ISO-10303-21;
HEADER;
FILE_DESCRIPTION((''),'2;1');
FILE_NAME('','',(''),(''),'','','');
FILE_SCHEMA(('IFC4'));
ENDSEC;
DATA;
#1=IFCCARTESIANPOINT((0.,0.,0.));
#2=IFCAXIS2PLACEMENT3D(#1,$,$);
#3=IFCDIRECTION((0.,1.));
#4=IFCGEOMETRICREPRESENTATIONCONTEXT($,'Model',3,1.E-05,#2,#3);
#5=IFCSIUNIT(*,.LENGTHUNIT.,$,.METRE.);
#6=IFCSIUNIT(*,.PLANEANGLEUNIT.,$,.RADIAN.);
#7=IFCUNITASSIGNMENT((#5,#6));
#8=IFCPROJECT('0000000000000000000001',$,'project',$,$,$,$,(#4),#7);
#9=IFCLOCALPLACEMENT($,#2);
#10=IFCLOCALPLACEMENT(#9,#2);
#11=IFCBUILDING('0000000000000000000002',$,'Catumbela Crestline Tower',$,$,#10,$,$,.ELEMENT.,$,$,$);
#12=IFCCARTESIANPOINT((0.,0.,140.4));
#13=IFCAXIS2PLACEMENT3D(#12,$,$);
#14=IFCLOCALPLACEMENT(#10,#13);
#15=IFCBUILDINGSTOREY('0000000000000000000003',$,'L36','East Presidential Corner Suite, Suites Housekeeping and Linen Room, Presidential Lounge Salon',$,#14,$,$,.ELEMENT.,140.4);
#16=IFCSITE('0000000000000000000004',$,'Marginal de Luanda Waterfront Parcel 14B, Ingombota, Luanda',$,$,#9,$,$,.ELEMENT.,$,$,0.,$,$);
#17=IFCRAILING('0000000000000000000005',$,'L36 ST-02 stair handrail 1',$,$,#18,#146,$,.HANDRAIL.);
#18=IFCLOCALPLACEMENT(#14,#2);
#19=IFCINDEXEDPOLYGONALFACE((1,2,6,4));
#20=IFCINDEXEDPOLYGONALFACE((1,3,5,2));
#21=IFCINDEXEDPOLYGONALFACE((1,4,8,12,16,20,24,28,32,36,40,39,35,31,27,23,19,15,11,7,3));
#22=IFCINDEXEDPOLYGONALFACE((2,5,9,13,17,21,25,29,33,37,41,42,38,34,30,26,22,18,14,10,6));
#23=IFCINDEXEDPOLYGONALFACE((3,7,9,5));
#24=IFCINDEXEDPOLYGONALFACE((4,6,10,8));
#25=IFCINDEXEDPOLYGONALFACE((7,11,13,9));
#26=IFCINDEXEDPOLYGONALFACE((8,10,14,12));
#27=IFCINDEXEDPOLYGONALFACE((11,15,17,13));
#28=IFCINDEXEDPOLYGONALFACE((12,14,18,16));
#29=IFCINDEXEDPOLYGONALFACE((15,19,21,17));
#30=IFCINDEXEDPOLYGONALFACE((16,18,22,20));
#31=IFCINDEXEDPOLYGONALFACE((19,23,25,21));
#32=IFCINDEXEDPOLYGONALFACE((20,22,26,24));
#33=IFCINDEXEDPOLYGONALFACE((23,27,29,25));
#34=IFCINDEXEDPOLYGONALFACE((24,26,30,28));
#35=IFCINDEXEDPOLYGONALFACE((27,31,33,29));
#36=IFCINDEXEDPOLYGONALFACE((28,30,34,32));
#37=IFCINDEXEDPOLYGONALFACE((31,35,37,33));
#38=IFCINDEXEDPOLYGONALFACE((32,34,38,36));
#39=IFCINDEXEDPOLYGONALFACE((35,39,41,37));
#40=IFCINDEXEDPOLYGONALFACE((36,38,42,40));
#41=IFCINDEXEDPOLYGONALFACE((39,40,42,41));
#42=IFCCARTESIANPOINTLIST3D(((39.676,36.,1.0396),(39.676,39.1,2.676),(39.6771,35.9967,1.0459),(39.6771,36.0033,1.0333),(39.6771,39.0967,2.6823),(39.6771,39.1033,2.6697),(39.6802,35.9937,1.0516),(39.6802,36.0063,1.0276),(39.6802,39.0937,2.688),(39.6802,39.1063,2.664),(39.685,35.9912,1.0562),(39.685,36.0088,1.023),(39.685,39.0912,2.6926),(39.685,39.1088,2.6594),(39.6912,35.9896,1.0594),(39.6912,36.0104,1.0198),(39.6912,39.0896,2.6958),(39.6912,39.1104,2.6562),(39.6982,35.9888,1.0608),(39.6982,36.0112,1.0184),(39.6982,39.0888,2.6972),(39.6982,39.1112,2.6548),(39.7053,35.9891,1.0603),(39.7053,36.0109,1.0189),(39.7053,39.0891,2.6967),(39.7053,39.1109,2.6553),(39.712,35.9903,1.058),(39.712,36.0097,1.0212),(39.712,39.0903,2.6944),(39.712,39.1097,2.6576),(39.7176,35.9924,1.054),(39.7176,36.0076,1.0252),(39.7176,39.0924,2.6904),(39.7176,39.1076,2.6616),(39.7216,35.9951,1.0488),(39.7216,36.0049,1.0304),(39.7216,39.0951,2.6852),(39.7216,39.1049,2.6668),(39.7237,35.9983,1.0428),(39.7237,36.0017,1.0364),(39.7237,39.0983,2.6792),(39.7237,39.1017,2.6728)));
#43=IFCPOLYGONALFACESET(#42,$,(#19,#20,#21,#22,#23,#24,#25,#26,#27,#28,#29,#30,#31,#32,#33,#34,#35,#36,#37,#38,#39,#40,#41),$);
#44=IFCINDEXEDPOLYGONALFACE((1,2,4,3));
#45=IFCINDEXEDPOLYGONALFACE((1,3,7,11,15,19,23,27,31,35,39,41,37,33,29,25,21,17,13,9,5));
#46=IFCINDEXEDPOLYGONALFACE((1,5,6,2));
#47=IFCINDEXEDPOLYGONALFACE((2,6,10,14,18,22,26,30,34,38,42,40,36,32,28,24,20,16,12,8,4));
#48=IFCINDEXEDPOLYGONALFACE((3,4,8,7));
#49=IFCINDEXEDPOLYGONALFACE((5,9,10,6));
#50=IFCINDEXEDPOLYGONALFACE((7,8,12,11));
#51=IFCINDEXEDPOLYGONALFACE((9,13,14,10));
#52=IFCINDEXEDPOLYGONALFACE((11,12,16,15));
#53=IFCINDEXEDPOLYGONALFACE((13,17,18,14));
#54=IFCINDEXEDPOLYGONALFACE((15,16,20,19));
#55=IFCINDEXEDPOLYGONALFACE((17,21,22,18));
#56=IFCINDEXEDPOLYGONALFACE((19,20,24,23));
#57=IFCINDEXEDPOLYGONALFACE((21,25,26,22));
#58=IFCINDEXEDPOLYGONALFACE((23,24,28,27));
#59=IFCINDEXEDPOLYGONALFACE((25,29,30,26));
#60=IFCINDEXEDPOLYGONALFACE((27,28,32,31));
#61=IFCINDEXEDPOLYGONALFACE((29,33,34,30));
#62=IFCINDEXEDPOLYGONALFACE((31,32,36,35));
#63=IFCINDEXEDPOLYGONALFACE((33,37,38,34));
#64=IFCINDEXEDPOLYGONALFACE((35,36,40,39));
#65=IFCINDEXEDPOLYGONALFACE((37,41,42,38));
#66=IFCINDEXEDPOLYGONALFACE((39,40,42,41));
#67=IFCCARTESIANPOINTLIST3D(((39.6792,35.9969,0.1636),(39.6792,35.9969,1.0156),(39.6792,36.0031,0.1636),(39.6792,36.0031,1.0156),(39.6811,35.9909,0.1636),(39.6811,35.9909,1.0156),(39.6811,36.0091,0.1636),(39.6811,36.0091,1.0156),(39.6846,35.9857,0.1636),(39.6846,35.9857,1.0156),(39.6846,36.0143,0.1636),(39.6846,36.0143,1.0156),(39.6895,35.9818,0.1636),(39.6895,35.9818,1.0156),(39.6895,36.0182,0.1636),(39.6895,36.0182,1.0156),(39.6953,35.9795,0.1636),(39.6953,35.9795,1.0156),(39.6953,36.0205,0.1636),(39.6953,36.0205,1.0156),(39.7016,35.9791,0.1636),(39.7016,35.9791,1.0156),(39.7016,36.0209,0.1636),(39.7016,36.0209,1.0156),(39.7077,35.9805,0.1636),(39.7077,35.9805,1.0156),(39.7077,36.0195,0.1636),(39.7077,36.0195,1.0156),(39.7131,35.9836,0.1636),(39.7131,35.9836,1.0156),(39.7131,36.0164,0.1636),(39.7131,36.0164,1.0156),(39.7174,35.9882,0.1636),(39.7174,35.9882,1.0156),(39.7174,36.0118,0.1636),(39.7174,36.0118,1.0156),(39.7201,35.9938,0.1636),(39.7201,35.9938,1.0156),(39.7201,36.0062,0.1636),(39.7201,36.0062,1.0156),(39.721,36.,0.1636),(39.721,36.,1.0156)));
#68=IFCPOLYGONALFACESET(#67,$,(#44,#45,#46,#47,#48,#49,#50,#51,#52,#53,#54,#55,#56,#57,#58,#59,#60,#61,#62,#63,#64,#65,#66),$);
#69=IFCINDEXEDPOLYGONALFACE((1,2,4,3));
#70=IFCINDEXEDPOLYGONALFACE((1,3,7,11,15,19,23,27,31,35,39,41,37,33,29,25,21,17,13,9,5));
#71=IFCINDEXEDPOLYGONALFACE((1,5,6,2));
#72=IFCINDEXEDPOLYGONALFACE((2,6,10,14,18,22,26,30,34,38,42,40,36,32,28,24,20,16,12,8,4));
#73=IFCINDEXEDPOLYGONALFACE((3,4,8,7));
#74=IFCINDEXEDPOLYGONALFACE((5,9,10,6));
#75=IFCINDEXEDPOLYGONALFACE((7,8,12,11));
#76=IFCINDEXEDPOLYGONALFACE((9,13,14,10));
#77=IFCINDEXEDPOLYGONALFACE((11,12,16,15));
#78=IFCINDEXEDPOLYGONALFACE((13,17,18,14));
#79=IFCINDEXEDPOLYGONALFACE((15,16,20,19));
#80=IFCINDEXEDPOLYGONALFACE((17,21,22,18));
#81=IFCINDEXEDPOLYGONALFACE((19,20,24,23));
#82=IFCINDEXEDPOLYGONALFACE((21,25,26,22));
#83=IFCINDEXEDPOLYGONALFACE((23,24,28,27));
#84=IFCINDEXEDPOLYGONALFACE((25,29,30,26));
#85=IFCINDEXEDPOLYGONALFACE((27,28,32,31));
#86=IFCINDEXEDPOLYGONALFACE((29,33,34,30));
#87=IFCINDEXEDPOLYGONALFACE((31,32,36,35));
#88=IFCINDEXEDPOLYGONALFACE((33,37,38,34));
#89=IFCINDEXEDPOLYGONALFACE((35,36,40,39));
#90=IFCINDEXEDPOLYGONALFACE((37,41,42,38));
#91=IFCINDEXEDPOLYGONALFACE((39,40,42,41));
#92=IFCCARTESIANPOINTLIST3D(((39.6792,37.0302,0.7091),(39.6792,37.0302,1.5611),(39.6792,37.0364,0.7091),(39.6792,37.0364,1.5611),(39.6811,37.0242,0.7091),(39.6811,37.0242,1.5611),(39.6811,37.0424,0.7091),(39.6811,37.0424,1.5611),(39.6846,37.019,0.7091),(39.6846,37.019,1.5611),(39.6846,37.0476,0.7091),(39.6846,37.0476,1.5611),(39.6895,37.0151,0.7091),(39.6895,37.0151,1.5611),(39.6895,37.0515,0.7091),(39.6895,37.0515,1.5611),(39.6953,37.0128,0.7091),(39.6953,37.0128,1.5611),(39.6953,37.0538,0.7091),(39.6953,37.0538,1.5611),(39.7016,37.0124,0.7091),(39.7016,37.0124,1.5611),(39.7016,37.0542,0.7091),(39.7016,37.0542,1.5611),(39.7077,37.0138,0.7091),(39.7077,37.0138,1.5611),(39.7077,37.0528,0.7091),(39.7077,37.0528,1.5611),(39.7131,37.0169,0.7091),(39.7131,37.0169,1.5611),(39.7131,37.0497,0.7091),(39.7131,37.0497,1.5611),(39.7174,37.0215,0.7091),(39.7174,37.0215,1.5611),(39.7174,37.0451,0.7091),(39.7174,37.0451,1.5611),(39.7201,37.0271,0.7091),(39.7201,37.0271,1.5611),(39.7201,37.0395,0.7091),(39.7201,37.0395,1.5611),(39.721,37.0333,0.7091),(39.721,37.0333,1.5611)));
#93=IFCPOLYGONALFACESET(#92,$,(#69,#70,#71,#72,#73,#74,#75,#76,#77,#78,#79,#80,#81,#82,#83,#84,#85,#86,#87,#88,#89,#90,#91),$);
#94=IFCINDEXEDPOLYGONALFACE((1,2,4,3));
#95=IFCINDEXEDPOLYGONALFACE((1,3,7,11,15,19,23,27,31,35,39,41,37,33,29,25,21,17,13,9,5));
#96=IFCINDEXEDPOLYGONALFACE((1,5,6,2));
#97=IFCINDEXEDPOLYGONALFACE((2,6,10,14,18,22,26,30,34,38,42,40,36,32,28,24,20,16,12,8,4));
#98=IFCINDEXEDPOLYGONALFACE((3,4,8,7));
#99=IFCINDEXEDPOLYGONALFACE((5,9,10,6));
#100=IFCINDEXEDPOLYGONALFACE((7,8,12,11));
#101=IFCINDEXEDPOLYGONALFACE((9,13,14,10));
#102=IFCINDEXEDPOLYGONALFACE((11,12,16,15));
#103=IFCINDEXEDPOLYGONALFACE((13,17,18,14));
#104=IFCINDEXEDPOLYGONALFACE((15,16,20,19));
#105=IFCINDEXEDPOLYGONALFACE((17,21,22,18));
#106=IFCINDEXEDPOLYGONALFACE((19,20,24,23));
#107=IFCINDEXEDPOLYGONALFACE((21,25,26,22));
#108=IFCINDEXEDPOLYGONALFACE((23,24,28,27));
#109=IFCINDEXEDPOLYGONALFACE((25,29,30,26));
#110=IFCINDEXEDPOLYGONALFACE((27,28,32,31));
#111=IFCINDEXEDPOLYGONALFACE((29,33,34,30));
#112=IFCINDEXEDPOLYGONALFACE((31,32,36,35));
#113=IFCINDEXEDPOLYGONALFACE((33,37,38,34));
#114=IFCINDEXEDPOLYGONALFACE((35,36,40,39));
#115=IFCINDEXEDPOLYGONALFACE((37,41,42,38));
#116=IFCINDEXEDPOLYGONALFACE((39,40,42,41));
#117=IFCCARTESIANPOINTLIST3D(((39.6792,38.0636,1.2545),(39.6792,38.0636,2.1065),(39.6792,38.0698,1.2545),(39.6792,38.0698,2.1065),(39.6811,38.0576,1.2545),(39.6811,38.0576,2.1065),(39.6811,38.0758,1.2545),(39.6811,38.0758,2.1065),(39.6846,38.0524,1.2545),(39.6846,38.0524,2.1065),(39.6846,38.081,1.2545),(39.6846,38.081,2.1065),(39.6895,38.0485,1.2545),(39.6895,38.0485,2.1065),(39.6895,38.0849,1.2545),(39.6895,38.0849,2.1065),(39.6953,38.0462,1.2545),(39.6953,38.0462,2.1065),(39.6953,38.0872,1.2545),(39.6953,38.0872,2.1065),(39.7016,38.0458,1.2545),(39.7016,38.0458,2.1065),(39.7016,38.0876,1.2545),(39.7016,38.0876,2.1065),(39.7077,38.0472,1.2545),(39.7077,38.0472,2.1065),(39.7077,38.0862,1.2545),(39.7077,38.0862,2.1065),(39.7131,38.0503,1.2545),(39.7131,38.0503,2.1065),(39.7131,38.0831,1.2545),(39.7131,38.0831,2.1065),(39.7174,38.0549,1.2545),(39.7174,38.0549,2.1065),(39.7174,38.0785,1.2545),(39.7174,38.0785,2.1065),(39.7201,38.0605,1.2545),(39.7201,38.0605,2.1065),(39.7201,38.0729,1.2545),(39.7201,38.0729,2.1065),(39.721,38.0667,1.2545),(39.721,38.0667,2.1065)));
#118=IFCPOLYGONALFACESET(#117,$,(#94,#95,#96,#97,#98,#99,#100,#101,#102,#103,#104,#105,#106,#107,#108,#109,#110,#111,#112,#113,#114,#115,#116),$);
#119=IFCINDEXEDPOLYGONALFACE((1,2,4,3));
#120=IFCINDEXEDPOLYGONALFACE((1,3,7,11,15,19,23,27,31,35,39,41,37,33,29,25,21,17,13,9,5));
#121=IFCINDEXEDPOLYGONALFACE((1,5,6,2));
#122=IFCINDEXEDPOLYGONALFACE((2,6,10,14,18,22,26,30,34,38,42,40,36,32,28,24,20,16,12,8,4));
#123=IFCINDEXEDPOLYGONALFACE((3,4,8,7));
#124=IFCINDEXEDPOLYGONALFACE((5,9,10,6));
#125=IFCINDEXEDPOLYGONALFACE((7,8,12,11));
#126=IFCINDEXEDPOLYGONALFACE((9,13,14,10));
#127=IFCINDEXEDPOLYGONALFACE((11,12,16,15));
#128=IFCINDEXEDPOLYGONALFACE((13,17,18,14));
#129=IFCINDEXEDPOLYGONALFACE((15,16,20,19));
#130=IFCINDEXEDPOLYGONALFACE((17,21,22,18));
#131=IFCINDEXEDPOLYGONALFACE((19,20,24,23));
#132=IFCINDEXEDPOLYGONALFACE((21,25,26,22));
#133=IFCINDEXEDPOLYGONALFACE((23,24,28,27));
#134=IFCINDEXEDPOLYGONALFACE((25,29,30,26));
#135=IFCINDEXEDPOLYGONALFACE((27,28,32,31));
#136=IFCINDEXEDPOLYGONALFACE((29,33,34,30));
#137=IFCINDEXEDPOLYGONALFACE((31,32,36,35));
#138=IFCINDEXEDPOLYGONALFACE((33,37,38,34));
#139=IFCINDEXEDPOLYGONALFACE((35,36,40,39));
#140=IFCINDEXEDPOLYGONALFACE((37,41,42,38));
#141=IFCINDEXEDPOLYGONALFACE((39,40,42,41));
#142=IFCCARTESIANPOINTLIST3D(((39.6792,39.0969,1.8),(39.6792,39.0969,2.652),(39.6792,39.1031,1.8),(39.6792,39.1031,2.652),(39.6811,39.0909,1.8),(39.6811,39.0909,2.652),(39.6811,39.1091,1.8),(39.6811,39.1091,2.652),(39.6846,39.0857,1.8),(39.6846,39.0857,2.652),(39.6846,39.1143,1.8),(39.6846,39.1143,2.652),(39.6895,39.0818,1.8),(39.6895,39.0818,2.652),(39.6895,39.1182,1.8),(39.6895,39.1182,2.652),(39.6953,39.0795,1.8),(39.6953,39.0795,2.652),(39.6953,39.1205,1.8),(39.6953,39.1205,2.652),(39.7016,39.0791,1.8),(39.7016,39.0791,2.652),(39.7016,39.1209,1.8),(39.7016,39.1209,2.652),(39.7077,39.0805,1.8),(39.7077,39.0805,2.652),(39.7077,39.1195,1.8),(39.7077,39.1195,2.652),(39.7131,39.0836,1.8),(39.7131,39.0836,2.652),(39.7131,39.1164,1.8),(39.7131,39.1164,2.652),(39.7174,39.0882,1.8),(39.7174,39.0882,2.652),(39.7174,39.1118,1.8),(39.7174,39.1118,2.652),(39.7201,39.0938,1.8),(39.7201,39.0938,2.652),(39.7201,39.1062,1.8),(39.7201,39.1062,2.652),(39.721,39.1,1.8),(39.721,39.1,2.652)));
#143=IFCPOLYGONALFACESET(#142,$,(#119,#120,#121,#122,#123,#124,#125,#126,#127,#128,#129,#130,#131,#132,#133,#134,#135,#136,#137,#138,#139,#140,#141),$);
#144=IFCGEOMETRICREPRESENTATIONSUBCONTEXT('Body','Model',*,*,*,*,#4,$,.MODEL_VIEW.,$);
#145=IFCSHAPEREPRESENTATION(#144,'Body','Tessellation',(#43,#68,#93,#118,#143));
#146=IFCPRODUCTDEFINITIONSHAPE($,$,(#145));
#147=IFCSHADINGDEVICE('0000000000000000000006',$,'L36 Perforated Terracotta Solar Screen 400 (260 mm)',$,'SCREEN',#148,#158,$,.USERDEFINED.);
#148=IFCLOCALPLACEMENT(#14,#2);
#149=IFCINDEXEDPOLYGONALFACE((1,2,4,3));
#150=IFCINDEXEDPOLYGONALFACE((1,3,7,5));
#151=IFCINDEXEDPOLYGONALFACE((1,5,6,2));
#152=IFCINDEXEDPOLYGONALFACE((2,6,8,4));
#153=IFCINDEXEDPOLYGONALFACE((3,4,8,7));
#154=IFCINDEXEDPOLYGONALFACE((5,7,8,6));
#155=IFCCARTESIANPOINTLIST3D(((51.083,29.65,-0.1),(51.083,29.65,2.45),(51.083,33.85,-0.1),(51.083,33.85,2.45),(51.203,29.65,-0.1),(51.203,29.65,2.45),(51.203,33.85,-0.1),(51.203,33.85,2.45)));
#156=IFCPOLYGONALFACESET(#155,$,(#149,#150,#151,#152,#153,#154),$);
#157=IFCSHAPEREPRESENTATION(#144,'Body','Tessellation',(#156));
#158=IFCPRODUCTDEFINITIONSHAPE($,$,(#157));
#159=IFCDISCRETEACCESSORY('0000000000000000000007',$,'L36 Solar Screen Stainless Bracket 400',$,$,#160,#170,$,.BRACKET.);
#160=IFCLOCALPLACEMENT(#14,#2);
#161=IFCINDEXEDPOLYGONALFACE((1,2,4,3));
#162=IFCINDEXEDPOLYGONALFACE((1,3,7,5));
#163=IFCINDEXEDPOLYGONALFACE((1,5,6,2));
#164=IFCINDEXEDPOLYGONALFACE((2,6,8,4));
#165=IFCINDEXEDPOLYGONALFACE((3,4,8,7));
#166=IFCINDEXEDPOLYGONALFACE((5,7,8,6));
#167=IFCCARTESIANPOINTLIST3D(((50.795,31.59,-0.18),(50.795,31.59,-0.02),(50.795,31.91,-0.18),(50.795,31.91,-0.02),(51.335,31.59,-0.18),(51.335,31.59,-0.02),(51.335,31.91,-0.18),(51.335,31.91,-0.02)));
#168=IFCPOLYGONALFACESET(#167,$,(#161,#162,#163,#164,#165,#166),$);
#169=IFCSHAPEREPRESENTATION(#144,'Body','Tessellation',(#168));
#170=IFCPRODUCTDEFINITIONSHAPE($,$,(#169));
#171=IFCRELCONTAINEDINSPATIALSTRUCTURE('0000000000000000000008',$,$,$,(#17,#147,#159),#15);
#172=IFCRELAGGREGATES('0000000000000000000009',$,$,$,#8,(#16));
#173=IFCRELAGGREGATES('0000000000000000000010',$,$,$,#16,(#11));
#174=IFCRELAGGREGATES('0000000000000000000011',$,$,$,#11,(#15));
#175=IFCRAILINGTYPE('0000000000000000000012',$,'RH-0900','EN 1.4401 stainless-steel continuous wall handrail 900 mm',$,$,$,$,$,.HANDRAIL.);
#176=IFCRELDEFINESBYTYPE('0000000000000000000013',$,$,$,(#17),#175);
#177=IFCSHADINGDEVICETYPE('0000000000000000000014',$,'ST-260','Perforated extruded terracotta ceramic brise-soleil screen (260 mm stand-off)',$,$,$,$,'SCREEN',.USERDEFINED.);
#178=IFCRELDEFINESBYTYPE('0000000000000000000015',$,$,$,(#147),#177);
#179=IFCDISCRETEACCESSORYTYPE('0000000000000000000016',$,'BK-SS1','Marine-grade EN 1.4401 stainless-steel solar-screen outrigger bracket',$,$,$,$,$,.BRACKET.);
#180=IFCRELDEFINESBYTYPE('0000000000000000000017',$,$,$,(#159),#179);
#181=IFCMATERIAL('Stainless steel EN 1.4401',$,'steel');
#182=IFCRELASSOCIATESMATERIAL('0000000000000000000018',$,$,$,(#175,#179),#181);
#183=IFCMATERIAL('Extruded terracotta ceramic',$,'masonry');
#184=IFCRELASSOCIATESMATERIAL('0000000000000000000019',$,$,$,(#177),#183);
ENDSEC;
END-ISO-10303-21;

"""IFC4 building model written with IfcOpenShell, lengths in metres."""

from ifc_helpers import new_model, si_unit, direction, frame, origin, origin_2d, place, context, subcontext, project, spatial, rectangle, circle, extrude, material, type_object, element, save


model = new_model("IFC4")

# Units and contexts
model_context = context("Model", 3, precision=1e-05, world=origin(), true_north=direction((0.0, 1.0)))
body_context = subcontext(model_context, "Body", "Model", "MODEL_VIEW")
ifc_project = project(units=[si_unit("LENGTHUNIT", "METRE"), si_unit("PLANEANGLEUNIT", "RADIAN")], contexts=[model_context])

# Site, building, storey
site_placement = place(None, origin())
site = spatial("IfcSite", under=ifc_project, at=site_placement, Name="Marginal de Luanda Waterfront Parcel 14B, Ingombota, Luanda", CompositionType="ELEMENT", RefElevation=0.0)
building_placement = place(site_placement, origin())
building = spatial("IfcBuilding", under=site, at=building_placement, Name="Catumbela Crestline Tower", CompositionType="ELEMENT")
storey_placement = place(building_placement, frame((0.0, 0.0, 140.4)))
storey = spatial("IfcBuildingStorey", under=building, at=storey_placement, Name="L36", Description="East Presidential Corner Suite, Suites Housekeeping and Linen Room, Presidential Lounge Salon", CompositionType="ELEMENT", Elevation=140.4)

# Railing
ifc_material_1 = material(Name="Stainless steel EN 1.4401", Category="steel")
railing_type = type_object("IfcRailingType", Name="RH-0900", Description="EN 1.4401 stainless-steel continuous wall handrail 900 mm", PredefinedType="HANDRAIL", material=ifc_material_1)
railing_placement = place(storey_placement, frame((39.7, 36.0, 0.1636)))
element("IfcRailing", 1, at=railing_placement, inside=storey, type_object=railing_type, Name="L36 ST-02 stair handrail 1", PredefinedType="HANDRAIL", context=body_context, shape_type="SweptSolid", body=[
    extrude(circle(Radius=0.024, at=origin_2d()), frame((0.0, 0.0, 0.876), z_axis=(0.0, 0.884351, 0.466823), x_axis=(-1.0, 0.0, 0.0)), (0.0, 0.0, 1.0), 3.5054),
    extrude(circle(Radius=0.021, at=origin_2d()), origin(), (0.0, 0.0, 1.0), 0.852),
    extrude(circle(Radius=0.021, at=origin_2d()), frame((0.0, 1.0333, 0.5455)), (0.0, 0.0, 1.0), 0.852),
    extrude(circle(Radius=0.021, at=origin_2d()), frame((0.0, 2.0667, 1.0909)), (0.0, 0.0, 1.0), 0.852),
    extrude(circle(Radius=0.021, at=origin_2d()), frame((0.0, 3.1, 1.6364)), (0.0, 0.0, 1.0), 0.852),
])

# Shading device
ifc_material_2 = material(Name="Extruded terracotta ceramic", Category="masonry")
shading_device_type = type_object("IfcShadingDeviceType", Name="ST-260", Description="Perforated extruded terracotta ceramic brise-soleil screen (260 mm stand-off)", ElementType="SCREEN", PredefinedType="USERDEFINED", material=ifc_material_2)
shading_device_placement = place(storey_placement, frame((51.143, 31.75, -0.1), z_axis=(0.0, 0.0, 1.0), x_axis=(0.0, 1.0, 0.0)))
element("IfcShadingDevice", 2, at=shading_device_placement, inside=storey, type_object=shading_device_type, Name="L36 Perforated Terracotta Solar Screen 400 (260 mm)", ObjectType="SCREEN", PredefinedType="USERDEFINED", context=body_context, shape_type="SweptSolid", body=[
    extrude(rectangle(XDim=4.2, YDim=0.12, at=origin_2d()), origin(), (0.0, 0.0, 1.0), 2.55),
])

# Discrete accessory
discrete_accessory_type = type_object("IfcDiscreteAccessoryType", Name="BK-SS1", Description="Marine-grade EN 1.4401 stainless-steel solar-screen outrigger bracket", PredefinedType="BRACKET", material=ifc_material_1)
discrete_accessory_placement = place(storey_placement, frame((51.065, 31.75, -0.18), z_axis=(0.0, 0.0, 1.0), x_axis=(0.0, 1.0, 0.0)))
element("IfcDiscreteAccessory", 3, at=discrete_accessory_placement, inside=storey, type_object=discrete_accessory_type, Name="L36 Solar Screen Stainless Bracket 400", PredefinedType="BRACKET", context=body_context, shape_type="SweptSolid", body=[
    extrude(rectangle(XDim=0.32, YDim=0.54, at=origin_2d()), origin(), (0.0, 0.0, 1.0), 0.16),
])

save(model, "model.ifc")
